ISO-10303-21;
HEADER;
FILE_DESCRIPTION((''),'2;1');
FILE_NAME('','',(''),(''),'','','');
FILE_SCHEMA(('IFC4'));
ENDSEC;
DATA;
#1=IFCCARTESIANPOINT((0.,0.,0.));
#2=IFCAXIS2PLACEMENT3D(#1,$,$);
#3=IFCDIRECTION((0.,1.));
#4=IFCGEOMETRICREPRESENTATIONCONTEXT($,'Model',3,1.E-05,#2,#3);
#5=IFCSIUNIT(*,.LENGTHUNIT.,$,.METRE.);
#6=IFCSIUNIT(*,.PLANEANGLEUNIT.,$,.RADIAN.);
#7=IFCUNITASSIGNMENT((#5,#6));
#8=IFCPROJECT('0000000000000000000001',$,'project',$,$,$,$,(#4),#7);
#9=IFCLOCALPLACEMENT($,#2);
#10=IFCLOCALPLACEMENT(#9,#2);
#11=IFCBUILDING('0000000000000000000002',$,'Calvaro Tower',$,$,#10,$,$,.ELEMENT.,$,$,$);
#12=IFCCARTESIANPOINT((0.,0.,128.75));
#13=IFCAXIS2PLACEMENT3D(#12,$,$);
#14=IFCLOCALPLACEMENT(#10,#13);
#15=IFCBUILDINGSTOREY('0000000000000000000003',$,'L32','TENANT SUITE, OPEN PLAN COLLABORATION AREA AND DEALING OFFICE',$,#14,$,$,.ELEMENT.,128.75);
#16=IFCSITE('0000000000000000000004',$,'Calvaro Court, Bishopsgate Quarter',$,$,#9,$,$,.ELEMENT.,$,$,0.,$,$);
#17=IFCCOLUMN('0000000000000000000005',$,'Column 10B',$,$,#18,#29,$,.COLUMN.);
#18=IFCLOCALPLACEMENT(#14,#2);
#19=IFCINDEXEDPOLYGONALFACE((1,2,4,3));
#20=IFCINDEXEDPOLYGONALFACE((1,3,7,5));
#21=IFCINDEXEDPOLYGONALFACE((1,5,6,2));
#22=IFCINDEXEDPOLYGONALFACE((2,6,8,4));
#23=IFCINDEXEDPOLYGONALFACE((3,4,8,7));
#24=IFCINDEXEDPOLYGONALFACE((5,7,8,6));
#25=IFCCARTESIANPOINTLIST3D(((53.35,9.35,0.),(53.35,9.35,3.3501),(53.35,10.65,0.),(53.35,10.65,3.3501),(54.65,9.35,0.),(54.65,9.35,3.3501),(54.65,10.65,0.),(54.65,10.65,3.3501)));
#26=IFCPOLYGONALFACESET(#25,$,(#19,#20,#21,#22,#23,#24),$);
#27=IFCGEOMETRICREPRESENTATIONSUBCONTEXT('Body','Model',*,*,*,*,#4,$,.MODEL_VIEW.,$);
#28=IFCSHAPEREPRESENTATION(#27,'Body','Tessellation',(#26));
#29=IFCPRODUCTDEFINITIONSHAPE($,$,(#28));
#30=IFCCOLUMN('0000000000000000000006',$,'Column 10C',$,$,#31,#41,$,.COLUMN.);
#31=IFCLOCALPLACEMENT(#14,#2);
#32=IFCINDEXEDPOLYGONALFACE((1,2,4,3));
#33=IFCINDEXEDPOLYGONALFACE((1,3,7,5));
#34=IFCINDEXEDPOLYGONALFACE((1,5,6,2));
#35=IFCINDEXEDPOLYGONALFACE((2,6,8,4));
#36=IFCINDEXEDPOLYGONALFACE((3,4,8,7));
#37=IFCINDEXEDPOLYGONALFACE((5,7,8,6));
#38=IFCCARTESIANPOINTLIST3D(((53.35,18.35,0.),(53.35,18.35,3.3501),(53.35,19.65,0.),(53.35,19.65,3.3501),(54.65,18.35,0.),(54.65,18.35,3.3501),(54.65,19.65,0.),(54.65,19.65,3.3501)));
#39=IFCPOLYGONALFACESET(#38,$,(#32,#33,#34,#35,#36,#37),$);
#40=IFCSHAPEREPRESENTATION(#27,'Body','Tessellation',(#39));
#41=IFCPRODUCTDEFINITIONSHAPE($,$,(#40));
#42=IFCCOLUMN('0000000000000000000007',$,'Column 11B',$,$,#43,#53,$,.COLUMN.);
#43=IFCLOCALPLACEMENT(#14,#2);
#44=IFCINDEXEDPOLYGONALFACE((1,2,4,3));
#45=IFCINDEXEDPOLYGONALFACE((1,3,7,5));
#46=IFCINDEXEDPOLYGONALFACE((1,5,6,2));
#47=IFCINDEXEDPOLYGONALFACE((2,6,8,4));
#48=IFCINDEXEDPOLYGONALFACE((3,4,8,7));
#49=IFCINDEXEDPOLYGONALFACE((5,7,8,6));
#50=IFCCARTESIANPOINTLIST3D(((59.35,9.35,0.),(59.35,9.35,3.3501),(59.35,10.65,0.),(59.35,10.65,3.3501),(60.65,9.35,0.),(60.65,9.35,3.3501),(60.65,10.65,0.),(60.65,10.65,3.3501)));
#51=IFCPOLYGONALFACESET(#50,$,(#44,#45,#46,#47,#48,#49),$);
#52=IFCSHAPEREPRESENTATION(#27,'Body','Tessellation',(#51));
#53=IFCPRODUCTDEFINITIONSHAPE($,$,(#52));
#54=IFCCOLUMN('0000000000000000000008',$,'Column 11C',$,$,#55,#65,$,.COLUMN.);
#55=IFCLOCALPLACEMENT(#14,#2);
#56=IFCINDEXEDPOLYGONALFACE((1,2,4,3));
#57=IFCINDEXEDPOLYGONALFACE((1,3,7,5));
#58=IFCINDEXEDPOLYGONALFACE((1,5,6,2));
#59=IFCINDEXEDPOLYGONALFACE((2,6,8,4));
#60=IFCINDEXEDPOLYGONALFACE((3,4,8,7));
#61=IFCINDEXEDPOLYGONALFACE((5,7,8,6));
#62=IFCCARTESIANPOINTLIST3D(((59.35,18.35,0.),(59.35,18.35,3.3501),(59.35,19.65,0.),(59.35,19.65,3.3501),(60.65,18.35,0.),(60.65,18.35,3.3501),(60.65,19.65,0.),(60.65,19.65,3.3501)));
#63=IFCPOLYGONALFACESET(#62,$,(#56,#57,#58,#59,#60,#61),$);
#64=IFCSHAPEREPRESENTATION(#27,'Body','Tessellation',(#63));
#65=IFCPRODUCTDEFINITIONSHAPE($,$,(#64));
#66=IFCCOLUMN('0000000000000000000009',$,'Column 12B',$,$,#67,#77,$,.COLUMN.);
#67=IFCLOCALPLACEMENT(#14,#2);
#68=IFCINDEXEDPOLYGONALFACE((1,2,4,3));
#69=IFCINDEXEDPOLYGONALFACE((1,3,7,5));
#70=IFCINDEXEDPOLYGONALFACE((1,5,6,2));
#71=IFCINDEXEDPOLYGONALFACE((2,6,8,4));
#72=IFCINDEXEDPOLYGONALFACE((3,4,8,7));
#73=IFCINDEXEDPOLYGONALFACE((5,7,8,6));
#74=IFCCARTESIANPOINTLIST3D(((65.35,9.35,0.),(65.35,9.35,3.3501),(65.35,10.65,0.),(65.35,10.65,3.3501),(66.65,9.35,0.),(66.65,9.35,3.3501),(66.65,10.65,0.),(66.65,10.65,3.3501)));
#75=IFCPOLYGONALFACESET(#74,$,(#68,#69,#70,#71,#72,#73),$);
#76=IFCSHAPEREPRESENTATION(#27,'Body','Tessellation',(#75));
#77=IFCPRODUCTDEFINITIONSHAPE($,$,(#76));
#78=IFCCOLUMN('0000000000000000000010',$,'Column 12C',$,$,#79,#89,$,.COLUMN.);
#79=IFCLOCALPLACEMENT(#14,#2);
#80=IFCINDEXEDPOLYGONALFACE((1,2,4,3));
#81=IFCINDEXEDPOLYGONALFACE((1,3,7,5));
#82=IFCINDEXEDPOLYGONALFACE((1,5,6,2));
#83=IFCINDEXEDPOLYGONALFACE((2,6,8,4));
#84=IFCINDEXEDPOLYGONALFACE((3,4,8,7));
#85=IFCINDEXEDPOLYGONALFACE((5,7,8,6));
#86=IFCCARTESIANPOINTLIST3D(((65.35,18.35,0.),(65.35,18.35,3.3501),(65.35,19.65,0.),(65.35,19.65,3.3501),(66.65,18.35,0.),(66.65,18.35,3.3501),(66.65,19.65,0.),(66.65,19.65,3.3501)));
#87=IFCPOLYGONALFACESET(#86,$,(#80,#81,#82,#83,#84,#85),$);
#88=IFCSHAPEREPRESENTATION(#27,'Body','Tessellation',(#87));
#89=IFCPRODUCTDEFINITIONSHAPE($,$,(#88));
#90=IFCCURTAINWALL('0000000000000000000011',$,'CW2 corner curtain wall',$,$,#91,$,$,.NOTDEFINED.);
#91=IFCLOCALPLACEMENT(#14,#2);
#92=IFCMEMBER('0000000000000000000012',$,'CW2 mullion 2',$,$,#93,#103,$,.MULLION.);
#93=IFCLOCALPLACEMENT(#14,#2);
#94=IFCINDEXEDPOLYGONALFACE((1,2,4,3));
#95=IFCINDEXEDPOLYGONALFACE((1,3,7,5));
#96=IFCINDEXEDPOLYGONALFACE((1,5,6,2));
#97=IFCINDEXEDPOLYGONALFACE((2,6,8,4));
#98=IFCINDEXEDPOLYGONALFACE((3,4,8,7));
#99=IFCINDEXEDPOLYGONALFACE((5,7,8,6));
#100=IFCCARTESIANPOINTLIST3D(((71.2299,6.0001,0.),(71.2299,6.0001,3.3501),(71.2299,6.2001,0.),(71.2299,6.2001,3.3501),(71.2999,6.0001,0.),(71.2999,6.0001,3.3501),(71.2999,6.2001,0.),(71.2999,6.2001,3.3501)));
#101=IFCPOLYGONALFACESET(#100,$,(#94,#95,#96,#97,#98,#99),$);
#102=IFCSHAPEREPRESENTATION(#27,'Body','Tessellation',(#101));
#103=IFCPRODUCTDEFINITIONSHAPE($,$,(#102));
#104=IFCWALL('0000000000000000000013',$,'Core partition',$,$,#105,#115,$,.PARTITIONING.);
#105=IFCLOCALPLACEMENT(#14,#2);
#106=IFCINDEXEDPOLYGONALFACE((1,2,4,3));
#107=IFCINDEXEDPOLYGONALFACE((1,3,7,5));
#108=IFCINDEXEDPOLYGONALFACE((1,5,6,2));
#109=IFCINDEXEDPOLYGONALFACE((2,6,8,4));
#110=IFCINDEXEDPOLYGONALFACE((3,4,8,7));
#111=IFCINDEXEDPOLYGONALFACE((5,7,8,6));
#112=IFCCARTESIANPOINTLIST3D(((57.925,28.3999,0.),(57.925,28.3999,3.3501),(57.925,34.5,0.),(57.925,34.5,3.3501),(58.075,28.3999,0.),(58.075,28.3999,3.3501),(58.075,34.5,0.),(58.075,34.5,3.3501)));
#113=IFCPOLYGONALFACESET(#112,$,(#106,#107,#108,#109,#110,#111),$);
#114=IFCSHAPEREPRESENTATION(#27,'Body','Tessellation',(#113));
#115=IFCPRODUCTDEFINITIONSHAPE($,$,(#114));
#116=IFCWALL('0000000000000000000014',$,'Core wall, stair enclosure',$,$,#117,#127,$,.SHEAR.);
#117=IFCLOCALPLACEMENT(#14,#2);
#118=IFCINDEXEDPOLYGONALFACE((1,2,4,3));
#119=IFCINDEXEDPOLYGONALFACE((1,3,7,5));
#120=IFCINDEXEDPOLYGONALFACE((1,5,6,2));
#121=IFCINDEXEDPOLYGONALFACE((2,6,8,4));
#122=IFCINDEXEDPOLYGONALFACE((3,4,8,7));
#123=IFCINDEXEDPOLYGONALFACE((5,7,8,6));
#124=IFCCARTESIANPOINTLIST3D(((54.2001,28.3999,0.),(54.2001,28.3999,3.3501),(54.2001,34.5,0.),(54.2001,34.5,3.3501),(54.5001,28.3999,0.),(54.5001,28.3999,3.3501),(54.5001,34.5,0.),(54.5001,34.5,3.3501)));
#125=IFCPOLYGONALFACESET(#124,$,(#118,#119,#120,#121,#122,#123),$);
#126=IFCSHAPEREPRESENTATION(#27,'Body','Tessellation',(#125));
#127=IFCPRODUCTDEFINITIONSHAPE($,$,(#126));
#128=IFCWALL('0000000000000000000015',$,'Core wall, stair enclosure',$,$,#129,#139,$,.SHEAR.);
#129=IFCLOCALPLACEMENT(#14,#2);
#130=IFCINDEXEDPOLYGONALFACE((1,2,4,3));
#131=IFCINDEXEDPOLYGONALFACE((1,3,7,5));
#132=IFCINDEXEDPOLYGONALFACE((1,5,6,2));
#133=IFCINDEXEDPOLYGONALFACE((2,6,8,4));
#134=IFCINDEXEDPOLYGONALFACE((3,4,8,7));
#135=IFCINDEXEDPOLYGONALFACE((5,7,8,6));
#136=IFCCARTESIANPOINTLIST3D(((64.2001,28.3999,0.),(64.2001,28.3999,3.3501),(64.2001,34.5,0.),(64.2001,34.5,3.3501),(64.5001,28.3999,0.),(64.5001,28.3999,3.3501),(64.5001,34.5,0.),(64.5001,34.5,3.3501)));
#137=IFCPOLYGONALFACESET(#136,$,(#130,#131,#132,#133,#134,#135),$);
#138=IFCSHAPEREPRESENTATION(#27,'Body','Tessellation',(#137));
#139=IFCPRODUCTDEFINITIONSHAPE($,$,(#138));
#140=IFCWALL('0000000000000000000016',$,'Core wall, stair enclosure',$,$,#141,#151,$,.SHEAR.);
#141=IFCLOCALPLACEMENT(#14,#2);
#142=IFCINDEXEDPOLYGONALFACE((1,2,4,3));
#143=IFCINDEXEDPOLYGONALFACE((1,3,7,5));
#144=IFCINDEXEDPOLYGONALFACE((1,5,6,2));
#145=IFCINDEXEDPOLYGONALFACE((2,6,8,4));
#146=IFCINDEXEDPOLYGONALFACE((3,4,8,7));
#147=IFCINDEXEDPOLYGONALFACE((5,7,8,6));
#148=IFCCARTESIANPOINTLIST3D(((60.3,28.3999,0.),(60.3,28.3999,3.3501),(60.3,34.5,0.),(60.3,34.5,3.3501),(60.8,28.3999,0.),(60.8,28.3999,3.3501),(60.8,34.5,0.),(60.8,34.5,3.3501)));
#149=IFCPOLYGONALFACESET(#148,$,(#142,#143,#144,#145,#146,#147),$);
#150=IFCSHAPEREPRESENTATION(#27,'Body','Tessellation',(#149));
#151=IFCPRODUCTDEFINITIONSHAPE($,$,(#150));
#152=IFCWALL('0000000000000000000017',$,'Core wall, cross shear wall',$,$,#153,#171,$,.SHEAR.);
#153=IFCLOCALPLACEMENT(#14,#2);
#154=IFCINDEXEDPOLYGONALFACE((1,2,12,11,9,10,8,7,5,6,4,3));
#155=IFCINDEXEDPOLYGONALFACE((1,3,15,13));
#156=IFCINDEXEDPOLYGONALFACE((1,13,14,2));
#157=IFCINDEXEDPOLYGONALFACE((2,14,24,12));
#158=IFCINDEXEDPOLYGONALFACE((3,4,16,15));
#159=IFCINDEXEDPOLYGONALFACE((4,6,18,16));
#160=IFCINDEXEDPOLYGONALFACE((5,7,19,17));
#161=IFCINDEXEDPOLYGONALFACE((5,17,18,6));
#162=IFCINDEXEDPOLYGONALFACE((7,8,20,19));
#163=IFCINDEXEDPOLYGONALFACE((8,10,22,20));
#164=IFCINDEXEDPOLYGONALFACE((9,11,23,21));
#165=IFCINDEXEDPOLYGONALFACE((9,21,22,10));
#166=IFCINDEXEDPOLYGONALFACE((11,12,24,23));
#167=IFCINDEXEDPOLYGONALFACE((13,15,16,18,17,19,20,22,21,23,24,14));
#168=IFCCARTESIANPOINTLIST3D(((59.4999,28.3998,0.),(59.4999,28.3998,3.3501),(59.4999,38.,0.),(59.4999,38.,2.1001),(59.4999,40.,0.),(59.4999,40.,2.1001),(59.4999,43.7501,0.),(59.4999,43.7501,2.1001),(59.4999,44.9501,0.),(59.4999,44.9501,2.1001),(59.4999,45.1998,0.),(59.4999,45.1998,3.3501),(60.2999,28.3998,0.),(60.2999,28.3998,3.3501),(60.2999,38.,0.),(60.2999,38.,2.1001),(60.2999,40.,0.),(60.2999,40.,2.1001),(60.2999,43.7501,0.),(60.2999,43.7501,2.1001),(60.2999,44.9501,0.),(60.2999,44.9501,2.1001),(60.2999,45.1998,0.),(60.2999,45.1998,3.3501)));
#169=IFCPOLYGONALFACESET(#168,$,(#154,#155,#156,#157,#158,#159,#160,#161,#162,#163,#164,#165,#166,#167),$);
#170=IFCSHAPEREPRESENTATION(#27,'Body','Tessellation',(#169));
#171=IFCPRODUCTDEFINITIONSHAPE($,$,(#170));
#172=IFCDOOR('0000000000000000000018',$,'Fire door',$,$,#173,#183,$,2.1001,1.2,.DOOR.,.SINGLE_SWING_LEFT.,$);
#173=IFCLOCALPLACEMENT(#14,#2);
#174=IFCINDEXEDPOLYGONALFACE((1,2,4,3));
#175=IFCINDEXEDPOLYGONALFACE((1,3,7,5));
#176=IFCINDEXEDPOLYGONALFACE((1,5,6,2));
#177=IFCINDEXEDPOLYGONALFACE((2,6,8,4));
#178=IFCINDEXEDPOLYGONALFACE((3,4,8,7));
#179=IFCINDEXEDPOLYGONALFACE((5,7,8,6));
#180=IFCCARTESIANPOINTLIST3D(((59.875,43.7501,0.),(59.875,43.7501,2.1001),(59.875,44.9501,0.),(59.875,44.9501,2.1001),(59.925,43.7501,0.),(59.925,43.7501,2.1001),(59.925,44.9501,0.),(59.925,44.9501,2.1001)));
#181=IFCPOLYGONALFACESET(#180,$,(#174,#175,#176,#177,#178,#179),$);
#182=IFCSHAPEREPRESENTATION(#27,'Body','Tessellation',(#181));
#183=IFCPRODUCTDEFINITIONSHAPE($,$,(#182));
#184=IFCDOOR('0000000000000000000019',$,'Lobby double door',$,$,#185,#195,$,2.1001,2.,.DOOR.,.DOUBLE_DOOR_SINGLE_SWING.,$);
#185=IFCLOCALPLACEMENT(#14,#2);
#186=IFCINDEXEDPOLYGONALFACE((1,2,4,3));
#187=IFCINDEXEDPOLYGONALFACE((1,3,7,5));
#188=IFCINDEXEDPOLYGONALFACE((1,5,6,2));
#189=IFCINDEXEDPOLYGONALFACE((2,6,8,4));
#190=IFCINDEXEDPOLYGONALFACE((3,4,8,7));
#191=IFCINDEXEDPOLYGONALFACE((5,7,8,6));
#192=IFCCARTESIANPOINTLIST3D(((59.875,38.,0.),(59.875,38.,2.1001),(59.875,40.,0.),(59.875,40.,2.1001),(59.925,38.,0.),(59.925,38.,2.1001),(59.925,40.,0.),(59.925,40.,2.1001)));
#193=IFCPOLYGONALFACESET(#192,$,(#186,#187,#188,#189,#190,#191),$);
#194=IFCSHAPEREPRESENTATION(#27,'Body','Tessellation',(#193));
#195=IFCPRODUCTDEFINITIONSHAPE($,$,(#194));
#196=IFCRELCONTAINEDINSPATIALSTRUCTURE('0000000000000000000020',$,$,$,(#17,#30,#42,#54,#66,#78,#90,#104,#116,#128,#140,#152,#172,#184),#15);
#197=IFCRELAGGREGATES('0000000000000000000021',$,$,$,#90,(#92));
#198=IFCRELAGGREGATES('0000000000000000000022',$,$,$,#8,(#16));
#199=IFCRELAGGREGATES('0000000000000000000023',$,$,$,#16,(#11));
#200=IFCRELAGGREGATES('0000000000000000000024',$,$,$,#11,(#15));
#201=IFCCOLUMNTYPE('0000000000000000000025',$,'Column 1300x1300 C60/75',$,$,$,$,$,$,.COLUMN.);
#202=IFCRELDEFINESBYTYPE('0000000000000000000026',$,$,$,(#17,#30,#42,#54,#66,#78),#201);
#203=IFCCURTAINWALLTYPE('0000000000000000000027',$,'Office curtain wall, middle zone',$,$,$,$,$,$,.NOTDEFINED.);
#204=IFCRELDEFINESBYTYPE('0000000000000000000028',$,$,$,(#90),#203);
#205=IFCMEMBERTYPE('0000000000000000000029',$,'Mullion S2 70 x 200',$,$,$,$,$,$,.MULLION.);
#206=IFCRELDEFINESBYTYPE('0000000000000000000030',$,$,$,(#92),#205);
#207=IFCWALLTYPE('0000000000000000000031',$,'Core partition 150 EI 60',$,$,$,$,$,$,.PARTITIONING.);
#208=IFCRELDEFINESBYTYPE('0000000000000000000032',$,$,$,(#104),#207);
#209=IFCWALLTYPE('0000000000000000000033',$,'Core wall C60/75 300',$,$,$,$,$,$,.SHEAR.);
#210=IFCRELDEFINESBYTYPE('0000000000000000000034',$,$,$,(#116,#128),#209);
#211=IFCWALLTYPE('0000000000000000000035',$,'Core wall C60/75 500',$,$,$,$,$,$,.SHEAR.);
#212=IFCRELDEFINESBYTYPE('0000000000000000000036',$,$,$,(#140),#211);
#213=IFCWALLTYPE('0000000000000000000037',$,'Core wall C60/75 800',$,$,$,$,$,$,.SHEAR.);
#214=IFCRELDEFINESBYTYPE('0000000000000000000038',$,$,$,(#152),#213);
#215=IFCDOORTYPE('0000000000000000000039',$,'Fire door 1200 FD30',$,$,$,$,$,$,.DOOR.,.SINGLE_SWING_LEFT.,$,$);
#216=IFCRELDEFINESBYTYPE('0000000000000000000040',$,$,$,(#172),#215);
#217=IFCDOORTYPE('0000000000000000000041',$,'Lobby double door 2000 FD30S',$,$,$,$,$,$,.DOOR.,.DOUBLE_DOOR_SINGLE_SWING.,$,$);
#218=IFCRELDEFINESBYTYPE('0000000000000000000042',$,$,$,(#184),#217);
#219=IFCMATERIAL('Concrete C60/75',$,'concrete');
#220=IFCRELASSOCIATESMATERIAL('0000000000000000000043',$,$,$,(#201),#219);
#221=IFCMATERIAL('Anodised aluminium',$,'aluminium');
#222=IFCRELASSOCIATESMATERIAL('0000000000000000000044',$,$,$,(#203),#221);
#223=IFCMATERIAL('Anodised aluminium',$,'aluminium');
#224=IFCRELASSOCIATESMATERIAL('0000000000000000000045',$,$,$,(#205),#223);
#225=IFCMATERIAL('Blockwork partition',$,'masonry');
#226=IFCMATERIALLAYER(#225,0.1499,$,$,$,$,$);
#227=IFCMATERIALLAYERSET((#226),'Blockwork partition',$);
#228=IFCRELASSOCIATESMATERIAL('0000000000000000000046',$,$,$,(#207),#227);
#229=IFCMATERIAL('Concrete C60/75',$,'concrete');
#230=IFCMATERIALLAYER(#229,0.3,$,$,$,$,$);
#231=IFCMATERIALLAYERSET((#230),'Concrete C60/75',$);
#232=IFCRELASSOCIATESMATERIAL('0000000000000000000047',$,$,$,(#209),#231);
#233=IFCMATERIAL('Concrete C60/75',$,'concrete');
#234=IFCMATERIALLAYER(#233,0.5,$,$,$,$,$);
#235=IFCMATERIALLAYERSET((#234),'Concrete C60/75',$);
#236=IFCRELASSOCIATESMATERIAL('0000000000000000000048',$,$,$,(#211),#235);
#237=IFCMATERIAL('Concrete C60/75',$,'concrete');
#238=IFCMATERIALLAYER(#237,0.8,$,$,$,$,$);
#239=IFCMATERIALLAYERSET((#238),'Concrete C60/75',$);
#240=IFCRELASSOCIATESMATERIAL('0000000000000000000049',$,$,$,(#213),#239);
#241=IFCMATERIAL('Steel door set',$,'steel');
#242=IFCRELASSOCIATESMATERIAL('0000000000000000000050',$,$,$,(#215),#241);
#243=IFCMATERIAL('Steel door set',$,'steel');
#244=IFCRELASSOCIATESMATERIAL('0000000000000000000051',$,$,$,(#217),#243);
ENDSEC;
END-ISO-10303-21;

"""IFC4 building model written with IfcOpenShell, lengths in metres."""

from ifc_helpers import new_model, si_unit, direction, frame, frame_2d, origin, origin_2d, place, context, subcontext, project, spatial, rectangle, extrude, material, layer, layer_set, material_profile, profile_set, type_object, element, fill, aggregate, save


model = new_model("IFC4")

# Units and contexts
model_context = context("Model", 3, precision=1e-05, world=origin(), true_north=direction((0.0, 1.0)))
body_context = subcontext(model_context, "Body", "Model", "MODEL_VIEW")
ifc_project = project(units=[si_unit("LENGTHUNIT", "METRE"), si_unit("PLANEANGLEUNIT", "RADIAN")], contexts=[model_context])

# Site, building, storey
site_placement = place(None, origin())
site = spatial("IfcSite", under=ifc_project, at=site_placement, Name="Calvaro Court, Bishopsgate Quarter", CompositionType="ELEMENT", RefElevation=0.0)
building_placement = place(site_placement, origin())
building = spatial("IfcBuilding", under=site, at=building_placement, Name="Calvaro Tower", CompositionType="ELEMENT")
storey_placement = place(building_placement, frame((0.0, 0.0, 128.75)))
storey = spatial("IfcBuildingStorey", under=building, at=storey_placement, Name="L32", Description="TENANT SUITE, OPEN PLAN COLLABORATION AREA AND DEALING OFFICE", CompositionType="ELEMENT", Elevation=128.75)

# Columns
ifc_material_1 = material(Name="Concrete C60/75", Category="concrete")
ifc_material_profile_1 = material_profile(ifc_material_1, rectangle(XDim=1.3, YDim=1.3, at=origin_2d()), Name="RC 1300x1300")
ifc_profile_set_1 = profile_set([ifc_material_profile_1], Name="Concrete C60/75")
column_type = type_object("IfcColumnType", Name="Column 1300x1300 C60/75", PredefinedType="COLUMN", material=ifc_profile_set_1)
for number, where, z_axis, x_axis, name in (
    (1, (54.0, 10.0, 0.0), (0.0, 0.0, 1.0), (1.0, 0.0, 0.0), "Column 10B"),
    (2, (54.0, 19.0, 0.0), (0.0, 0.0, 1.0), (1.0, 0.0, 0.0), "Column 10C"),
    (3, (60.0, 10.0, 0.0), (0.0, 0.0, 1.0), (1.0, 0.0, 0.0), "Column 11B"),
    (4, (60.0, 19.0, 0.0), (0.0, 0.0, 1.0), (1.0, 0.0, 0.0), "Column 11C"),
    (5, (66.0, 10.0, 0.0), (0.0, 0.0, 1.0), (1.0, 0.0, 0.0), "Column 12B"),
    (6, (66.0, 19.0, 0.0), (0.0, 0.0, 1.0), (1.0, 0.0, 0.0), "Column 12C"),
):
    element("IfcColumn", number, at=place(storey_placement, frame(where, z_axis=z_axis, x_axis=x_axis)), inside=storey, type_object=column_type, Name=name, PredefinedType="COLUMN", context=body_context, shape_type="SweptSolid", body=[
        extrude(rectangle(XDim=1.3, YDim=1.3, at=origin_2d()), origin(), (0.0, 0.0, 1.0), 3.3501),
    ])

# Curtain wall, member
ifc_material_2 = material(Name="Anodised aluminium", Category="aluminium")
curtain_wall_type = type_object("IfcCurtainWallType", Name="Office curtain wall, middle zone", PredefinedType="NOTDEFINED", material=ifc_material_2)
curtain_wall_placement = place(storey_placement, origin())
curtain_wall = element("IfcCurtainWall", 7, at=curtain_wall_placement, inside=storey, type_object=curtain_wall_type, Name="CW2 corner curtain wall", PredefinedType="NOTDEFINED")
ifc_material_3 = material(Name="Anodised aluminium", Category="aluminium")
ifc_material_profile_2 = material_profile(ifc_material_3, rectangle(XDim=0.2, YDim=0.0701, at=origin_2d()), Name="Mullion S2 70 x 200")
ifc_profile_set_2 = profile_set([ifc_material_profile_2], Name="Anodised aluminium")
member_type = type_object("IfcMemberType", Name="Mullion S2 70 x 200", PredefinedType="MULLION", material=ifc_profile_set_2)
member_placement = place(storey_placement, frame((71.2649, 6.1001, 0.0), z_axis=(0.0, 0.0, 1.0), x_axis=(0.0, 1.0, 0.0)))
member = element("IfcMember", 8, at=member_placement, type_object=member_type, Name="CW2 mullion 2", PredefinedType="MULLION", context=body_context, shape_type="SweptSolid", body=[
    extrude(rectangle(XDim=0.2, YDim=0.0701, at=origin_2d()), origin(), (0.0, 0.0, 1.0), 3.3501),
])
aggregate(curtain_wall, [member])

# Walls
ifc_material_4 = material(Name="Blockwork partition", Category="masonry")
ifc_layer_1 = layer(ifc_material_4, 0.1499)
ifc_layer_set_1 = layer_set([ifc_layer_1], Name="Blockwork partition")
wall_type_1 = type_object("IfcWallType", Name="Core partition 150 EI 60", PredefinedType="PARTITIONING", material=ifc_layer_set_1)
wall_1_placement = place(storey_placement, frame((58.0, 28.3999, 0.0), z_axis=(0.0, 0.0, 1.0), x_axis=(0.0, 1.0, 0.0)))
element("IfcWall", 9, at=wall_1_placement, inside=storey, type_object=wall_type_1, Name="Core partition", PredefinedType="PARTITIONING", context=body_context, shape_type="SweptSolid", body=[
    extrude(rectangle(XDim=6.1001, YDim=0.1499, at=frame_2d((3.05, 0.0))), origin(), (0.0, 0.0, 1.0), 3.3501),
])
ifc_material_5 = material(Name="Concrete C60/75", Category="concrete")
ifc_layer_2 = layer(ifc_material_5, 0.3)
ifc_layer_set_2 = layer_set([ifc_layer_2], Name="Concrete C60/75")
wall_type_2 = type_object("IfcWallType", Name="Core wall C60/75 300", PredefinedType="SHEAR", material=ifc_layer_set_2)
for number, where, z_axis, x_axis, name in (
    (10, (54.3501, 28.3999, 0.0), (0.0, 0.0, 1.0), (0.0, 1.0, 0.0), "Core wall, stair enclosure"),
    (11, (64.3501, 28.3999, 0.0), (0.0, 0.0, 1.0), (0.0, 1.0, 0.0), "Core wall, stair enclosure"),
):
    element("IfcWall", number, at=place(storey_placement, frame(where, z_axis=z_axis, x_axis=x_axis)), inside=storey, type_object=wall_type_2, Name=name, PredefinedType="SHEAR", context=body_context, shape_type="SweptSolid", body=[
        extrude(rectangle(XDim=6.1001, YDim=0.3, at=frame_2d((3.05, 0.0))), origin(), (0.0, 0.0, 1.0), 3.3501),
    ])
ifc_material_6 = material(Name="Concrete C60/75", Category="concrete")
ifc_layer_3 = layer(ifc_material_6, 0.5)
ifc_layer_set_3 = layer_set([ifc_layer_3], Name="Concrete C60/75")
wall_type_3 = type_object("IfcWallType", Name="Core wall C60/75 500", PredefinedType="SHEAR", material=ifc_layer_set_3)
wall_2_placement = place(storey_placement, frame((60.55, 28.3999, 0.0), z_axis=(0.0, 0.0, 1.0), x_axis=(0.0, 1.0, 0.0)))
element("IfcWall", 12, at=wall_2_placement, inside=storey, type_object=wall_type_3, Name="Core wall, stair enclosure", PredefinedType="SHEAR", context=body_context, shape_type="SweptSolid", body=[
    extrude(rectangle(XDim=6.1001, YDim=0.5, at=frame_2d((3.05, 0.0))), origin(), (0.0, 0.0, 1.0), 3.3501),
])

# Wall, openings, doors
ifc_material_7 = material(Name="Concrete C60/75", Category="concrete")
ifc_layer_4 = layer(ifc_material_7, 0.8)
ifc_layer_set_4 = layer_set([ifc_layer_4], Name="Concrete C60/75")
wall_type_4 = type_object("IfcWallType", Name="Core wall C60/75 800", PredefinedType="SHEAR", material=ifc_layer_set_4)
wall_3_placement = place(storey_placement, frame((59.8999, 28.3999, 0.0), z_axis=(0.0, 0.0, 1.0), x_axis=(0.0, 1.0, 0.0)))
wall_3 = element("IfcWall", 13, at=wall_3_placement, inside=storey, type_object=wall_type_4, Name="Core wall, cross shear wall", PredefinedType="SHEAR", context=body_context, shape_type="SweptSolid", body=[
    extrude(rectangle(XDim=16.8, YDim=0.8, at=frame_2d((8.3999, 0.0))), origin(), (0.0, 0.0, 1.0), 3.3501),
])
opening_1_placement = place(wall_3_placement, frame((9.6001, 0.0, 0.0)))
opening_1 = element("IfcOpeningElement", 14, at=opening_1_placement, cuts=wall_3, PredefinedType="OPENING", context=body_context, shape_type="SweptSolid", body=[
    extrude(rectangle(XDim=2.0, YDim=2.1001, at=frame_2d((1.0, 1.05))), frame((0.0, 0.4099, 0.0), z_axis=(0.0, -1.0, 0.0), x_axis=(1.0, 0.0, 0.0)), (0.0, 0.0, 1.0), 0.8201),
])
opening_2_placement = place(wall_3_placement, frame((15.3501, 0.0, 0.0)))
opening_2 = element("IfcOpeningElement", 15, at=opening_2_placement, cuts=wall_3, PredefinedType="OPENING", context=body_context, shape_type="SweptSolid", body=[
    extrude(rectangle(XDim=1.2, YDim=2.1001, at=frame_2d((0.6001, 1.05))), frame((0.0, 0.4099, 0.0), z_axis=(0.0, -1.0, 0.0), x_axis=(1.0, 0.0, 0.0)), (0.0, 0.0, 1.0), 0.8201),
])
ifc_material_8 = material(Name="Steel door set", Category="steel")
door_type_1 = type_object("IfcDoorType", Name="Fire door 1200 FD30", OperationType="SINGLE_SWING_LEFT", PredefinedType="DOOR", material=ifc_material_8)
door_1_placement = place(opening_2_placement, origin())
door_1 = element("IfcDoor", 16, at=door_1_placement, inside=storey, type_object=door_type_1, Name="Fire door", OperationType="SINGLE_SWING_LEFT", OverallHeight=2.1001, OverallWidth=1.2, PredefinedType="DOOR", context=body_context, shape_type="SweptSolid", body=[
    extrude(rectangle(XDim=1.2, YDim=2.1001, at=frame_2d((0.6001, 1.05))), frame((0.0, 0.0249, 0.0), z_axis=(0.0, -1.0, 0.0), x_axis=(1.0, 0.0, 0.0)), (0.0, 0.0, 1.0), 0.05),
])
fill(opening_2, door_1)
ifc_material_9 = material(Name="Steel door set", Category="steel")
door_type_2 = type_object("IfcDoorType", Name="Lobby double door 2000 FD30S", OperationType="DOUBLE_DOOR_SINGLE_SWING", PredefinedType="DOOR", material=ifc_material_9)
door_2_placement = place(opening_1_placement, origin())
door_2 = element("IfcDoor", 17, at=door_2_placement, inside=storey, type_object=door_type_2, Name="Lobby double door", OperationType="DOUBLE_DOOR_SINGLE_SWING", OverallHeight=2.1001, OverallWidth=2.0, PredefinedType="DOOR", context=body_context, shape_type="SweptSolid", body=[
    extrude(rectangle(XDim=2.0, YDim=2.1001, at=frame_2d((1.0, 1.05))), frame((0.0, 0.0249, 0.0), z_axis=(0.0, -1.0, 0.0), x_axis=(1.0, 0.0, 0.0)), (0.0, 0.0, 1.0), 0.05),
])
fill(opening_1, door_2)

save(model, "model.ifc")
